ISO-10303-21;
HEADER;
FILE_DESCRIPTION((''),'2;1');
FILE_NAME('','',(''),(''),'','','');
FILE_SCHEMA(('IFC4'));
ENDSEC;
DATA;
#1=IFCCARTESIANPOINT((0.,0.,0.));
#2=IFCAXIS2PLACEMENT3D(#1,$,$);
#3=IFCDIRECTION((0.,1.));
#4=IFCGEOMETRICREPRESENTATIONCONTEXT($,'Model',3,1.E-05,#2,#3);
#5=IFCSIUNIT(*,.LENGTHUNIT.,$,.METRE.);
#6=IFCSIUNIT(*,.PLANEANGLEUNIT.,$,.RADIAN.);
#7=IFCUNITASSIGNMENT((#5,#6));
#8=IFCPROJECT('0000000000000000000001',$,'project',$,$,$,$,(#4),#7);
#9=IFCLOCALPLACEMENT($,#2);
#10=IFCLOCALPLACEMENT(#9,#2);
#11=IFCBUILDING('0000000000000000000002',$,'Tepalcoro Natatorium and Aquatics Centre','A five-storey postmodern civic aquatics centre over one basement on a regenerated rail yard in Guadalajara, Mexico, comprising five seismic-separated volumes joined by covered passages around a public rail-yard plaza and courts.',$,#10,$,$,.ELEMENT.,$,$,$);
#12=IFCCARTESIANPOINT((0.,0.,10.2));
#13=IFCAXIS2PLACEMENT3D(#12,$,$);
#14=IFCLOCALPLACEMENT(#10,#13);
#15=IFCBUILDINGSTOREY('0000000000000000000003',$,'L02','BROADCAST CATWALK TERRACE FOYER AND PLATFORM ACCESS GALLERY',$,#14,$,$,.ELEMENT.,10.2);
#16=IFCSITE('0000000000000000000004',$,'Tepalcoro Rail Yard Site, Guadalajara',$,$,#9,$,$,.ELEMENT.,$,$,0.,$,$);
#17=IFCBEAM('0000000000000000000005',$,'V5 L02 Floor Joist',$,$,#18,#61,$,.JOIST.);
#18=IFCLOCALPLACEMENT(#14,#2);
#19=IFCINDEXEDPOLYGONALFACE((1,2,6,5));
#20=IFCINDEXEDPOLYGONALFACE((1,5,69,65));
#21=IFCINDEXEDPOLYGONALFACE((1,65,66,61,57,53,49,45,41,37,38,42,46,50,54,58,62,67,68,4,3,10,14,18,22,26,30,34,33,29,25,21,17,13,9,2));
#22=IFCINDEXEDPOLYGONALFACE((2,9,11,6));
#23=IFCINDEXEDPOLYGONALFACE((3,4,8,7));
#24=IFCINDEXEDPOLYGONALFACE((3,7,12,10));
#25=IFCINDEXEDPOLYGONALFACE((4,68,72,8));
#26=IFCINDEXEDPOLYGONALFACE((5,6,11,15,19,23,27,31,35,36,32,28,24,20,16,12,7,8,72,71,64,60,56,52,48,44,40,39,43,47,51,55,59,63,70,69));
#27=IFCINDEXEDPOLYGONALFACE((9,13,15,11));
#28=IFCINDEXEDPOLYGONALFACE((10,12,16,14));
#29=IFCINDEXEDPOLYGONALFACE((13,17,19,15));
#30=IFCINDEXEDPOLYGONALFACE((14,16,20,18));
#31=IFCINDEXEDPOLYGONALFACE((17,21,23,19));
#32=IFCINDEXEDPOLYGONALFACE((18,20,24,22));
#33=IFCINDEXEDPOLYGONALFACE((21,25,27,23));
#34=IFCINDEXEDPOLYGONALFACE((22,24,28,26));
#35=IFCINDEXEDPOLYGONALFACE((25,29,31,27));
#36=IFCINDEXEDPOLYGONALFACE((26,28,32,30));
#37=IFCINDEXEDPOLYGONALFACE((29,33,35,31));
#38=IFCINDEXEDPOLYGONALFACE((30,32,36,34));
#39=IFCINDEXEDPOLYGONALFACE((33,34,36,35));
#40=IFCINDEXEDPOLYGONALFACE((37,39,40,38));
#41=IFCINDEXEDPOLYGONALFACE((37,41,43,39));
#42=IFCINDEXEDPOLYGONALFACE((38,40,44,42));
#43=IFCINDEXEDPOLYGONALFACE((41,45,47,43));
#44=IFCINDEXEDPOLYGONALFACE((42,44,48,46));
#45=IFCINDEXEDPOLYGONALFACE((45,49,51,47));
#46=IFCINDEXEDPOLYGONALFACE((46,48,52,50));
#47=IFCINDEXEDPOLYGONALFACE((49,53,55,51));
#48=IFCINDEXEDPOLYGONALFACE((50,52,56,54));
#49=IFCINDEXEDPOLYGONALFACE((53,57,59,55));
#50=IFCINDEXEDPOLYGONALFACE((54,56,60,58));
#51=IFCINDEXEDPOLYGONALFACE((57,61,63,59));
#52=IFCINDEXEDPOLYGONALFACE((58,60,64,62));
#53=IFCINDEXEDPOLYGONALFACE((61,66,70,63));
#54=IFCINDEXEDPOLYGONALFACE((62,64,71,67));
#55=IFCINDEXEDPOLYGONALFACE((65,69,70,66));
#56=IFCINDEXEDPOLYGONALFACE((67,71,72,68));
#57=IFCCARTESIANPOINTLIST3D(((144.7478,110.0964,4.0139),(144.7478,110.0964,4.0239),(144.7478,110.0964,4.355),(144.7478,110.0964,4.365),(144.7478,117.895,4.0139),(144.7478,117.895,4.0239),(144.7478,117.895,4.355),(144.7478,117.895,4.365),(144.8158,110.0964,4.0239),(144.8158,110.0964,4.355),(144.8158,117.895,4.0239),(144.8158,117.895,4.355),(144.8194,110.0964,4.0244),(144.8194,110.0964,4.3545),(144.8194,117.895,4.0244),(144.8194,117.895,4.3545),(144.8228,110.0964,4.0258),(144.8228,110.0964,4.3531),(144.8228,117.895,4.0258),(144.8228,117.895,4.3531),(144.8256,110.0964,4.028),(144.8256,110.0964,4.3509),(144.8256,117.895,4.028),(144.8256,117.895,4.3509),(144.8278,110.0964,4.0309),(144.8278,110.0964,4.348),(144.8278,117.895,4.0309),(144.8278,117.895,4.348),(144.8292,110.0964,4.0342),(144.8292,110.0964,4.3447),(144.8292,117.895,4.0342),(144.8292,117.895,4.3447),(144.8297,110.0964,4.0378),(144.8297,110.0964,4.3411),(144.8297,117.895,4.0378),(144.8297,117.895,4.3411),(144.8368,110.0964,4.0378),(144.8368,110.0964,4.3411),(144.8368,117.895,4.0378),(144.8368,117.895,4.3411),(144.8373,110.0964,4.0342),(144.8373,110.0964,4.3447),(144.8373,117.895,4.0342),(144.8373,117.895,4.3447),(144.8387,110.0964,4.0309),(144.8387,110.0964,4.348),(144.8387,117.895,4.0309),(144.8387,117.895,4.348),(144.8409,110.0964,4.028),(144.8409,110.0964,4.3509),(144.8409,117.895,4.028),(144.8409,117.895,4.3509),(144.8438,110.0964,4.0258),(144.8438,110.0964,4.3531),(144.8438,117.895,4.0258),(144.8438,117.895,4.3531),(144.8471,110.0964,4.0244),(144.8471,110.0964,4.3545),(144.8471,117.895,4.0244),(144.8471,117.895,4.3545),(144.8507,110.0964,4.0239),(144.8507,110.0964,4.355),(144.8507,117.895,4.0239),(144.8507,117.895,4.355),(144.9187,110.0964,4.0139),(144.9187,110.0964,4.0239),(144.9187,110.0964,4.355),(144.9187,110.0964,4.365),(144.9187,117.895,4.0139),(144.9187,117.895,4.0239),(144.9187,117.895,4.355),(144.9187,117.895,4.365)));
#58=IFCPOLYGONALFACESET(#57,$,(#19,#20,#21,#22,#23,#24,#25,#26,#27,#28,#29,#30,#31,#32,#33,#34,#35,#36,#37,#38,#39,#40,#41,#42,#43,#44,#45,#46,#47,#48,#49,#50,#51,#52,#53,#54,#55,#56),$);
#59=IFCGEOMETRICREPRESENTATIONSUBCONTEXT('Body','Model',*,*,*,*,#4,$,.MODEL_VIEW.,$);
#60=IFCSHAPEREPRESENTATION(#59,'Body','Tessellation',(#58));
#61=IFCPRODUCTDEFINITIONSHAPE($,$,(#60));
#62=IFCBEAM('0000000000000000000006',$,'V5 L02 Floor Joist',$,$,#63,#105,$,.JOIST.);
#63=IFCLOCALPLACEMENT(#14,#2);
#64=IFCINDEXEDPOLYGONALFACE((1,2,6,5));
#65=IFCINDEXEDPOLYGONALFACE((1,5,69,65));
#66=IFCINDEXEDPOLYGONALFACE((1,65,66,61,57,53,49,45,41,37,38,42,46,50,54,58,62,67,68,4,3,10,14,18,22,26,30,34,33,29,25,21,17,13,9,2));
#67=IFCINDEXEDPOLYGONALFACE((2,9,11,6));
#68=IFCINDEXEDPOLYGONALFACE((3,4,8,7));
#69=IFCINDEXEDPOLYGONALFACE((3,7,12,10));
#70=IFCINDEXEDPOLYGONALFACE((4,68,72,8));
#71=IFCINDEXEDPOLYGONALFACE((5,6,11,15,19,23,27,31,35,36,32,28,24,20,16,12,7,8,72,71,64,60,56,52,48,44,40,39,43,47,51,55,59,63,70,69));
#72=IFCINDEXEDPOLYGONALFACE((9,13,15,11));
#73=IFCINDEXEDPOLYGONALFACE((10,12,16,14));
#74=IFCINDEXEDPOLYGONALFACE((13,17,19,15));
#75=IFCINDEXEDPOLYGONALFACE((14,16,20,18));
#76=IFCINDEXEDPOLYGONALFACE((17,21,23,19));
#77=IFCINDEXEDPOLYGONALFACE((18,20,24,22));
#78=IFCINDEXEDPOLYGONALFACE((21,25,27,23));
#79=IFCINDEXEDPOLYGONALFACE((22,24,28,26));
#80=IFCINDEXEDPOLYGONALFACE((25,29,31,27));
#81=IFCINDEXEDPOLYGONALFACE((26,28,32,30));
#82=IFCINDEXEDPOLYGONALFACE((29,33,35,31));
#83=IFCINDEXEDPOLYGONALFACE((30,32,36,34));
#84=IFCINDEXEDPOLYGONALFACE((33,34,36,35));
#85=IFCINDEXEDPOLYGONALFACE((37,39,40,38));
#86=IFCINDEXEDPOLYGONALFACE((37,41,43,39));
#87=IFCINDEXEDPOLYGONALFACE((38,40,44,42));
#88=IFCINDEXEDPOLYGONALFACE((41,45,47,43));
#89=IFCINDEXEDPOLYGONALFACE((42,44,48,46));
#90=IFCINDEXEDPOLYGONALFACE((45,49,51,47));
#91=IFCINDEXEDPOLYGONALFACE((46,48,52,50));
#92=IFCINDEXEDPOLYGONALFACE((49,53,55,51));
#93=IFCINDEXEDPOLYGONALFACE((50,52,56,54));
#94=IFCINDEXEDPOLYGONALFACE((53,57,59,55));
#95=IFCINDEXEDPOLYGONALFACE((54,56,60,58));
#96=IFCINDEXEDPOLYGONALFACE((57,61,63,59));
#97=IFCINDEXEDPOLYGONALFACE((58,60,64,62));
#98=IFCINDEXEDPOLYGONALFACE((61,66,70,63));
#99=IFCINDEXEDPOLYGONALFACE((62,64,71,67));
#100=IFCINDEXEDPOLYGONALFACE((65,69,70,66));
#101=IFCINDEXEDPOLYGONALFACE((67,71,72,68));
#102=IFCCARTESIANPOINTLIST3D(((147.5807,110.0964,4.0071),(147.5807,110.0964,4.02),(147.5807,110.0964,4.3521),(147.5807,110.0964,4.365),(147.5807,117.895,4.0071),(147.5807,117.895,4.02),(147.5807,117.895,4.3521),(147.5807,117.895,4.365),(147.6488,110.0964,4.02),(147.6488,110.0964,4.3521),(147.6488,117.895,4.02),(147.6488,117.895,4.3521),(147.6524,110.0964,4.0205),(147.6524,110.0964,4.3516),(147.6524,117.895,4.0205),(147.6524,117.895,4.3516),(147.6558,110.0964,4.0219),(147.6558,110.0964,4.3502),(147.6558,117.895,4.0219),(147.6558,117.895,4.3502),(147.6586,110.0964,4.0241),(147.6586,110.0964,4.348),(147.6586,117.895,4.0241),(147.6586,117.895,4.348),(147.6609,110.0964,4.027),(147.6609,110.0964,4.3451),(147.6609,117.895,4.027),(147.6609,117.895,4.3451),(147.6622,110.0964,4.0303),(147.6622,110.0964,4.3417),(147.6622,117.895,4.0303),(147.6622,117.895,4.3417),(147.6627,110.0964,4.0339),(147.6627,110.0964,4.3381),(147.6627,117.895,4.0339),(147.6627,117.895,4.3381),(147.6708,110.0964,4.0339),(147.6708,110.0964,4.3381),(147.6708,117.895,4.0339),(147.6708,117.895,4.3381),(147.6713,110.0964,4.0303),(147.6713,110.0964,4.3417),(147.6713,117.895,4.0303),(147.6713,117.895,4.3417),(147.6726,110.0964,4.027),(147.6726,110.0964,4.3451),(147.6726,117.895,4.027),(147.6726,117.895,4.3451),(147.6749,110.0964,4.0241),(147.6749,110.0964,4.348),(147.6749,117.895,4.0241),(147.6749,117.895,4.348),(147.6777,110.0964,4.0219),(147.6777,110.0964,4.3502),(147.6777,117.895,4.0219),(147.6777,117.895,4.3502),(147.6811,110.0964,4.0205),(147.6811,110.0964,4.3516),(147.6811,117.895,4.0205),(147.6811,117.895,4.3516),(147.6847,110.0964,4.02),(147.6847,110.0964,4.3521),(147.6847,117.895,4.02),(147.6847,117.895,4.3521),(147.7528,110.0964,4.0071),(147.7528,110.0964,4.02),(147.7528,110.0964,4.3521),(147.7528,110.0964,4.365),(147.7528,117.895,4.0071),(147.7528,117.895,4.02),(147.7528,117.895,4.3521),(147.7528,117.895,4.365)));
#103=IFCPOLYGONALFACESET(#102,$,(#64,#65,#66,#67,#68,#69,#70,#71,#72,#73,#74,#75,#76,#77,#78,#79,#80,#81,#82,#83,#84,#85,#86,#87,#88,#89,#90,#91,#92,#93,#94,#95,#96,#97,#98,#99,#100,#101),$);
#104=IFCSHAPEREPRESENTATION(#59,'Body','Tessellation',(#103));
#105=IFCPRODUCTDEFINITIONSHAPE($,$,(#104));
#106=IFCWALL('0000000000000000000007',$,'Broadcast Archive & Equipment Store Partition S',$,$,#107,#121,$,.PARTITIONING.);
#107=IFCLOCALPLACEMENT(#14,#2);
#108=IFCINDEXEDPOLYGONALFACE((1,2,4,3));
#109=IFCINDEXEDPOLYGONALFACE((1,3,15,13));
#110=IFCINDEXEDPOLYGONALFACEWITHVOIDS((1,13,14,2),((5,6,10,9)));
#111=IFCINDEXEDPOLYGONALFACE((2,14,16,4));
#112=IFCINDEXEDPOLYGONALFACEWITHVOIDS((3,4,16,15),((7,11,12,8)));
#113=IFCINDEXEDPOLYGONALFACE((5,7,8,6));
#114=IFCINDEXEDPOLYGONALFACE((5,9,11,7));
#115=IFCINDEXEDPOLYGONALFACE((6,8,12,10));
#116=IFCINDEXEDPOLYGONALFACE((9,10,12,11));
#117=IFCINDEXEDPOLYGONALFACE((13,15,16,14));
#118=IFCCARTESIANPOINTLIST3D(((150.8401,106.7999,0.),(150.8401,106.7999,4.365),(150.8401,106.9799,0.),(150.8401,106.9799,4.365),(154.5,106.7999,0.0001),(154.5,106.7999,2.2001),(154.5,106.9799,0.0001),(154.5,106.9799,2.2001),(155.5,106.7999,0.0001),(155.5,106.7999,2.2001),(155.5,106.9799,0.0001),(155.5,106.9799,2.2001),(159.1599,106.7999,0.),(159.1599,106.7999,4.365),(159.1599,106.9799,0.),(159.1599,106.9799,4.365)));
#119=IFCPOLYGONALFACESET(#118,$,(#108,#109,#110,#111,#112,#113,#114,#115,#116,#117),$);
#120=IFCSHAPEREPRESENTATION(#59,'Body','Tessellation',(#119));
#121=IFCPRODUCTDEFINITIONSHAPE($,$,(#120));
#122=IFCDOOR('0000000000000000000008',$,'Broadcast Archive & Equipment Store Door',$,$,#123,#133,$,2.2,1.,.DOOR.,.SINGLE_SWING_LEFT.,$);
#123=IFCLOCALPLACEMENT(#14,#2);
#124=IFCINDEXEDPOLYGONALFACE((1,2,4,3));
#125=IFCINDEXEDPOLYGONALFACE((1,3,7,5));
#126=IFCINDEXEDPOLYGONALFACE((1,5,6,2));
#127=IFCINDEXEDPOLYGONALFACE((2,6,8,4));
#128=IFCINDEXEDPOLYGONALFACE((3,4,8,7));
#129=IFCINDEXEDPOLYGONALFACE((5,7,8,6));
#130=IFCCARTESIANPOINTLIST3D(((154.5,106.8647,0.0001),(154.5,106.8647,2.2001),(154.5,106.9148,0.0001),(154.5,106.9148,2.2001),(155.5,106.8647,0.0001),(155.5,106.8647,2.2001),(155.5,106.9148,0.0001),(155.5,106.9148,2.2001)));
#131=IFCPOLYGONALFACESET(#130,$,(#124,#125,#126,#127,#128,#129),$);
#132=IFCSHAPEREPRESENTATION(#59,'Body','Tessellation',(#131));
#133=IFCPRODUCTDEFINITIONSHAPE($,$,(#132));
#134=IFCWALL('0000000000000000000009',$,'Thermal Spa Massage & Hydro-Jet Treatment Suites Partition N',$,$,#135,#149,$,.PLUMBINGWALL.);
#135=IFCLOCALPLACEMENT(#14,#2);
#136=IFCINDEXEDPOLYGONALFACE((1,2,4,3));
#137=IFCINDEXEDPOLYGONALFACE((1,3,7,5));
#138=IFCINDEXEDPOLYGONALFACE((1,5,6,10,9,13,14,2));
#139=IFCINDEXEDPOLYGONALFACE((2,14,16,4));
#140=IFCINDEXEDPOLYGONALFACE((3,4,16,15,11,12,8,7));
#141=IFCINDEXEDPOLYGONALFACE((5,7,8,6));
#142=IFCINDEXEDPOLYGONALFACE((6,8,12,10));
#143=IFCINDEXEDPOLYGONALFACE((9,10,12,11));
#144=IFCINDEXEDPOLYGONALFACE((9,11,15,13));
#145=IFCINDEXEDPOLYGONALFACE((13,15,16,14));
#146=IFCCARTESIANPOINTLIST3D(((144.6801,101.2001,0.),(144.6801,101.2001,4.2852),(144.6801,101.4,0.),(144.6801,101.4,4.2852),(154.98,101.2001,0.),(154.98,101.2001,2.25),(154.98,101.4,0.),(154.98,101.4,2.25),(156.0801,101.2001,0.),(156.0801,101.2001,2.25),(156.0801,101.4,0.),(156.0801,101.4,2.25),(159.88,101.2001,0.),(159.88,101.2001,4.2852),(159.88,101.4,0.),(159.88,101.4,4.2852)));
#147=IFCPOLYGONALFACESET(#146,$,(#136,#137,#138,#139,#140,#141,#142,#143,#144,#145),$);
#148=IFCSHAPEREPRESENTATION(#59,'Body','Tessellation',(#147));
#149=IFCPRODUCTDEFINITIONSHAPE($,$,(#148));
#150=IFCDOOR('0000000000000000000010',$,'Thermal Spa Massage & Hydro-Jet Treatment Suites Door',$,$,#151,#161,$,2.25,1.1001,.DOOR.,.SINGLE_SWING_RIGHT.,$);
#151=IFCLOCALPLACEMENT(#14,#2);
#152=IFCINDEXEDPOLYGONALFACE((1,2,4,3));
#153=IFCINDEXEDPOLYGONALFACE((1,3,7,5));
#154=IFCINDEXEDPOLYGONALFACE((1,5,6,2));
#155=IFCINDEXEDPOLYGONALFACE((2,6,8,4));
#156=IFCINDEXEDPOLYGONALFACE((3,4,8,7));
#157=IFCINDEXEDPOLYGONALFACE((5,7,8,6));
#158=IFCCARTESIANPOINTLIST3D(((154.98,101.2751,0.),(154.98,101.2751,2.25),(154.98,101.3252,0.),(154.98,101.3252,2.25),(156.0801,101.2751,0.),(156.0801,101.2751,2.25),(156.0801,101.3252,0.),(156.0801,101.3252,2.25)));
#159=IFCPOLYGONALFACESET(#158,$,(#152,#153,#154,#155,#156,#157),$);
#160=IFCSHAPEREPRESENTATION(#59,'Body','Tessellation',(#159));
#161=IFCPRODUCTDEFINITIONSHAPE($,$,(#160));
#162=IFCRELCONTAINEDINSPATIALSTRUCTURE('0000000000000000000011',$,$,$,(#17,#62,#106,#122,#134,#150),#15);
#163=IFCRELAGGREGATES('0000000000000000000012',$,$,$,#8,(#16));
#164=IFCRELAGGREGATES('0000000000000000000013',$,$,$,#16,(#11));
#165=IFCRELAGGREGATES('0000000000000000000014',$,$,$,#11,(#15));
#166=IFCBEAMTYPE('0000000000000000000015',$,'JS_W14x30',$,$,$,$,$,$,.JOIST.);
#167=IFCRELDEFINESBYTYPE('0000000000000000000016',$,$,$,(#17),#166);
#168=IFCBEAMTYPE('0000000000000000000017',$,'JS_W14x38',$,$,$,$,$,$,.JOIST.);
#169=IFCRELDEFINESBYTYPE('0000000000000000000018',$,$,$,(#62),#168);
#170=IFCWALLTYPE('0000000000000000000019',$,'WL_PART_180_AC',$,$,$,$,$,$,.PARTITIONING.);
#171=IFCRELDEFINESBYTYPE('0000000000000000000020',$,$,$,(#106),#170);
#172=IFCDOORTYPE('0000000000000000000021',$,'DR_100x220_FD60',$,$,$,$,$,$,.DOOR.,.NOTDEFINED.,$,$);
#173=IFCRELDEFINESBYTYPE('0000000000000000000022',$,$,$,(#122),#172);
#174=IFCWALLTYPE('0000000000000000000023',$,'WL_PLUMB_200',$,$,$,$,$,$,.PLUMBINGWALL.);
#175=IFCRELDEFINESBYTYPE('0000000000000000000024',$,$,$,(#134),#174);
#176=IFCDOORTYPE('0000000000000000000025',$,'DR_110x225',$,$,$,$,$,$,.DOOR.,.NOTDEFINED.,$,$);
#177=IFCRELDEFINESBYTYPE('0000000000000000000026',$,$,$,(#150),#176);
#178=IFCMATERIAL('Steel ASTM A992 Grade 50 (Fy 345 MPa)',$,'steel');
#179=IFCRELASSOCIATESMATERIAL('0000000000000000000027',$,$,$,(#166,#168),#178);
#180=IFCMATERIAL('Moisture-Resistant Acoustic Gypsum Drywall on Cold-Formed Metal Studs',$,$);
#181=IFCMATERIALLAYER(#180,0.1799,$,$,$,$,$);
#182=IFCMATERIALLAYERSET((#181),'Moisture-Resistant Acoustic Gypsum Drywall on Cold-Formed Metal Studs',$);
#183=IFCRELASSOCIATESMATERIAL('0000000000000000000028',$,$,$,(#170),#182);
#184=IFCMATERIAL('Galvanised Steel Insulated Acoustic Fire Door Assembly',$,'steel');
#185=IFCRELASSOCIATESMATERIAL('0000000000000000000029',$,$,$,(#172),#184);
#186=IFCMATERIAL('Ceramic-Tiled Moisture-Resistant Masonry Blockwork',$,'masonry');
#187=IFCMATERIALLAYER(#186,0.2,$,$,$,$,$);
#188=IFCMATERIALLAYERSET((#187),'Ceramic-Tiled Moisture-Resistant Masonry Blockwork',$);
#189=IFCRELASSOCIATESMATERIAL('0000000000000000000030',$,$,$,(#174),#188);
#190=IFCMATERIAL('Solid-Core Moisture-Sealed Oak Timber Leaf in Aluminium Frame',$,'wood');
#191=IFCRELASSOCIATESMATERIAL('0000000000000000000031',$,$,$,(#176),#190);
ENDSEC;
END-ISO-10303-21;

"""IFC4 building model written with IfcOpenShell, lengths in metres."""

from ifc_helpers import new_model, si_unit, direction, frame, frame_2d, origin, origin_2d, place, context, subcontext, project, spatial, rectangle, i_section, extrude, material, layer, layer_set, material_profile, profile_set, type_object, element, fill, save


model = new_model("IFC4")

# Units and contexts
model_context = context("Model", 3, precision=1e-05, world=origin(), true_north=direction((0.0, 1.0)))
body_context = subcontext(model_context, "Body", "Model", "MODEL_VIEW")
ifc_project = project(units=[si_unit("LENGTHUNIT", "METRE"), si_unit("PLANEANGLEUNIT", "RADIAN")], contexts=[model_context])

# Site, building, storey
site_placement = place(None, origin())
site = spatial("IfcSite", under=ifc_project, at=site_placement, Name="Tepalcoro Rail Yard Site, Guadalajara", CompositionType="ELEMENT", RefElevation=0.0)
building_placement = place(site_placement, origin())
building = spatial("IfcBuilding", under=site, at=building_placement, Name="Tepalcoro Natatorium and Aquatics Centre", Description="A five-storey postmodern civic aquatics centre over one basement on a regenerated rail yard in Guadalajara, Mexico, comprising five seismic-separated volumes joined by covered passages around a public rail-yard plaza and courts.", CompositionType="ELEMENT")
storey_placement = place(building_placement, frame((0.0, 0.0, 10.2)))
storey = spatial("IfcBuildingStorey", under=building, at=storey_placement, Name="L02", Description="BROADCAST CATWALK TERRACE FOYER AND PLATFORM ACCESS GALLERY", CompositionType="ELEMENT", Elevation=10.2)

# Beams
ifc_material_1 = material(Name="Steel ASTM A992 Grade 50 (Fy 345 MPa)", Category="steel")
ifc_material_profile_1 = material_profile(ifc_material_1, i_section(OverallWidth=0.1709, OverallDepth=0.3511, WebThickness=0.0071, FlangeThickness=0.01, FilletRadius=0.0139, at=origin_2d()), Name="W14X30")
ifc_profile_set_1 = profile_set([ifc_material_profile_1], Name="Steel ASTM A992 Grade 50 (Fy 345 MPa)")
beam_type_1 = type_object("IfcBeamType", Name="JS_W14x30", PredefinedType="JOIST", material=ifc_profile_set_1)
beam_1_placement = place(storey_placement, frame((144.8333, 110.0964, 4.1895), z_axis=(0.0, 1.0, 0.0), x_axis=(-1.0, 0.0, 0.0)))
element("IfcBeam", 1, at=beam_1_placement, inside=storey, type_object=beam_type_1, Name="V5 L02 Floor Joist", PredefinedType="JOIST", context=body_context, shape_type="SweptSolid", body=[
    extrude(i_section(OverallWidth=0.1709, OverallDepth=0.3511, WebThickness=0.0071, FlangeThickness=0.01, FilletRadius=0.0139, at=origin_2d()), origin(), (0.0, 0.0, 1.0), 7.7986),
])
ifc_material_profile_2 = material_profile(ifc_material_1, i_section(OverallWidth=0.1721, OverallDepth=0.3579, WebThickness=0.0081, FlangeThickness=0.0129, FilletRadius=0.0139, at=origin_2d()), Name="W14X38")
ifc_profile_set_2 = profile_set([ifc_material_profile_2], Name="Steel ASTM A992 Grade 50 (Fy 345 MPa)")
beam_type_2 = type_object("IfcBeamType", Name="JS_W14x38", PredefinedType="JOIST", material=ifc_profile_set_2)
beam_2_placement = place(storey_placement, frame((147.6667, 110.0964, 4.186), z_axis=(0.0, 1.0, 0.0), x_axis=(-1.0, 0.0, 0.0)))
element("IfcBeam", 2, at=beam_2_placement, inside=storey, type_object=beam_type_2, Name="V5 L02 Floor Joist", PredefinedType="JOIST", context=body_context, shape_type="SweptSolid", body=[
    extrude(i_section(OverallWidth=0.1721, OverallDepth=0.3579, WebThickness=0.0081, FlangeThickness=0.0129, FilletRadius=0.0139, at=origin_2d()), origin(), (0.0, 0.0, 1.0), 7.7986),
])

# Walls, openings, doors
ifc_material_2 = material(Name="Moisture-Resistant Acoustic Gypsum Drywall on Cold-Formed Metal Studs")
ifc_layer_1 = layer(ifc_material_2, 0.1799)
ifc_layer_set_1 = layer_set([ifc_layer_1], Name="Moisture-Resistant Acoustic Gypsum Drywall on Cold-Formed Metal Studs")
wall_type_1 = type_object("IfcWallType", Name="WL_PART_180_AC", PredefinedType="PARTITIONING", material=ifc_layer_set_1)
wall_1_placement = place(storey_placement, frame((150.8401, 106.8899, 0.0), z_axis=(0.0, 0.0, 1.0), x_axis=(1.0, 0.0, 0.0)))
wall_1 = element("IfcWall", 3, at=wall_1_placement, inside=storey, type_object=wall_type_1, Name="Broadcast Archive & Equipment Store Partition S", PredefinedType="PARTITIONING", context=body_context, shape_type="SweptSolid", body=[
    extrude(rectangle(XDim=8.3198, YDim=0.1799, at=frame_2d((4.1599, 0.0))), origin(), (0.0, 0.0, 1.0), 4.365),
])
opening_1_placement = place(wall_1_placement, frame((3.6599, 0.0, 0.0)))
opening_1 = element("IfcOpeningElement", 4, at=opening_1_placement, cuts=wall_1, PredefinedType="OPENING", context=body_context, shape_type="SweptSolid", body=[
    extrude(rectangle(XDim=1.0, YDim=2.2, at=frame_2d((0.5, 1.1001))), frame((0.0, 0.1021, 0.0), z_axis=(0.0, -1.0, 0.0), x_axis=(1.0, 0.0, 0.0)), (0.0, 0.0, 1.0), 0.2039),
])
ifc_material_3 = material(Name="Galvanised Steel Insulated Acoustic Fire Door Assembly", Category="steel")
door_type_1 = type_object("IfcDoorType", Name="DR_100x220_FD60", OperationType="NOTDEFINED", PredefinedType="DOOR", material=ifc_material_3)
door_1_placement = place(opening_1_placement, origin())
door_1 = element("IfcDoor", 5, at=door_1_placement, inside=storey, type_object=door_type_1, Name="Broadcast Archive & Equipment Store Door", OperationType="SINGLE_SWING_LEFT", OverallHeight=2.2, OverallWidth=1.0, PredefinedType="DOOR", context=body_context, shape_type="SweptSolid", body=[
    extrude(rectangle(XDim=1.0, YDim=2.2, at=frame_2d((0.5, 1.1001))), frame((0.0, 0.0249, 0.0), z_axis=(0.0, -1.0, 0.0), x_axis=(1.0, 0.0, 0.0)), (0.0, 0.0, 1.0), 0.05),
])
fill(opening_1, door_1)
ifc_material_4 = material(Name="Ceramic-Tiled Moisture-Resistant Masonry Blockwork", Category="masonry")
ifc_layer_2 = layer(ifc_material_4, 0.2)
ifc_layer_set_2 = layer_set([ifc_layer_2], Name="Ceramic-Tiled Moisture-Resistant Masonry Blockwork")
wall_type_2 = type_object("IfcWallType", Name="WL_PLUMB_200", PredefinedType="PLUMBINGWALL", material=ifc_layer_set_2)
wall_2_placement = place(storey_placement, frame((144.6799, 101.3, 0.0), z_axis=(0.0, 0.0, 1.0), x_axis=(1.0, 0.0, 0.0)))
wall_2 = element("IfcWall", 6, at=wall_2_placement, inside=storey, type_object=wall_type_2, Name="Thermal Spa Massage & Hydro-Jet Treatment Suites Partition N", PredefinedType="PLUMBINGWALL", context=body_context, shape_type="SweptSolid", body=[
    extrude(rectangle(XDim=15.2, YDim=0.2, at=frame_2d((7.6001, 0.0))), origin(), (0.0, 0.0, 1.0), 4.2852),
])
opening_2_placement = place(wall_2_placement, frame((10.3, 0.0, 0.0)))
opening_2 = element("IfcOpeningElement", 7, at=opening_2_placement, cuts=wall_2, PredefinedType="OPENING", context=body_context, shape_type="SweptSolid", body=[
    extrude(rectangle(XDim=1.1001, YDim=2.25, at=frame_2d((0.55, 1.125))), frame((0.0, 0.1118, 0.0), z_axis=(0.0, -1.0, 0.0), x_axis=(1.0, 0.0, 0.0)), (0.0, 0.0, 1.0), 0.2239),
])
ifc_material_5 = material(Name="Solid-Core Moisture-Sealed Oak Timber Leaf in Aluminium Frame", Category="wood")
door_type_2 = type_object("IfcDoorType", Name="DR_110x225", OperationType="NOTDEFINED", PredefinedType="DOOR", material=ifc_material_5)
door_2_placement = place(opening_2_placement, frame((1.1001, 0.0, 0.0), z_axis=(0.0, 0.0, 1.0), x_axis=(-1.0, 0.0, 0.0)))
door_2 = element("IfcDoor", 8, at=door_2_placement, inside=storey, type_object=door_type_2, Name="Thermal Spa Massage & Hydro-Jet Treatment Suites Door", OperationType="SINGLE_SWING_RIGHT", OverallHeight=2.25, OverallWidth=1.1001, PredefinedType="DOOR", context=body_context, shape_type="SweptSolid", body=[
    extrude(rectangle(XDim=1.1001, YDim=2.25, at=frame_2d((0.55, 1.125))), frame((0.0, 0.0249, 0.0), z_axis=(0.0, -1.0, 0.0), x_axis=(1.0, 0.0, 0.0)), (0.0, 0.0, 1.0), 0.05),
])
fill(opening_2, door_2)

save(model, "model.ifc")
